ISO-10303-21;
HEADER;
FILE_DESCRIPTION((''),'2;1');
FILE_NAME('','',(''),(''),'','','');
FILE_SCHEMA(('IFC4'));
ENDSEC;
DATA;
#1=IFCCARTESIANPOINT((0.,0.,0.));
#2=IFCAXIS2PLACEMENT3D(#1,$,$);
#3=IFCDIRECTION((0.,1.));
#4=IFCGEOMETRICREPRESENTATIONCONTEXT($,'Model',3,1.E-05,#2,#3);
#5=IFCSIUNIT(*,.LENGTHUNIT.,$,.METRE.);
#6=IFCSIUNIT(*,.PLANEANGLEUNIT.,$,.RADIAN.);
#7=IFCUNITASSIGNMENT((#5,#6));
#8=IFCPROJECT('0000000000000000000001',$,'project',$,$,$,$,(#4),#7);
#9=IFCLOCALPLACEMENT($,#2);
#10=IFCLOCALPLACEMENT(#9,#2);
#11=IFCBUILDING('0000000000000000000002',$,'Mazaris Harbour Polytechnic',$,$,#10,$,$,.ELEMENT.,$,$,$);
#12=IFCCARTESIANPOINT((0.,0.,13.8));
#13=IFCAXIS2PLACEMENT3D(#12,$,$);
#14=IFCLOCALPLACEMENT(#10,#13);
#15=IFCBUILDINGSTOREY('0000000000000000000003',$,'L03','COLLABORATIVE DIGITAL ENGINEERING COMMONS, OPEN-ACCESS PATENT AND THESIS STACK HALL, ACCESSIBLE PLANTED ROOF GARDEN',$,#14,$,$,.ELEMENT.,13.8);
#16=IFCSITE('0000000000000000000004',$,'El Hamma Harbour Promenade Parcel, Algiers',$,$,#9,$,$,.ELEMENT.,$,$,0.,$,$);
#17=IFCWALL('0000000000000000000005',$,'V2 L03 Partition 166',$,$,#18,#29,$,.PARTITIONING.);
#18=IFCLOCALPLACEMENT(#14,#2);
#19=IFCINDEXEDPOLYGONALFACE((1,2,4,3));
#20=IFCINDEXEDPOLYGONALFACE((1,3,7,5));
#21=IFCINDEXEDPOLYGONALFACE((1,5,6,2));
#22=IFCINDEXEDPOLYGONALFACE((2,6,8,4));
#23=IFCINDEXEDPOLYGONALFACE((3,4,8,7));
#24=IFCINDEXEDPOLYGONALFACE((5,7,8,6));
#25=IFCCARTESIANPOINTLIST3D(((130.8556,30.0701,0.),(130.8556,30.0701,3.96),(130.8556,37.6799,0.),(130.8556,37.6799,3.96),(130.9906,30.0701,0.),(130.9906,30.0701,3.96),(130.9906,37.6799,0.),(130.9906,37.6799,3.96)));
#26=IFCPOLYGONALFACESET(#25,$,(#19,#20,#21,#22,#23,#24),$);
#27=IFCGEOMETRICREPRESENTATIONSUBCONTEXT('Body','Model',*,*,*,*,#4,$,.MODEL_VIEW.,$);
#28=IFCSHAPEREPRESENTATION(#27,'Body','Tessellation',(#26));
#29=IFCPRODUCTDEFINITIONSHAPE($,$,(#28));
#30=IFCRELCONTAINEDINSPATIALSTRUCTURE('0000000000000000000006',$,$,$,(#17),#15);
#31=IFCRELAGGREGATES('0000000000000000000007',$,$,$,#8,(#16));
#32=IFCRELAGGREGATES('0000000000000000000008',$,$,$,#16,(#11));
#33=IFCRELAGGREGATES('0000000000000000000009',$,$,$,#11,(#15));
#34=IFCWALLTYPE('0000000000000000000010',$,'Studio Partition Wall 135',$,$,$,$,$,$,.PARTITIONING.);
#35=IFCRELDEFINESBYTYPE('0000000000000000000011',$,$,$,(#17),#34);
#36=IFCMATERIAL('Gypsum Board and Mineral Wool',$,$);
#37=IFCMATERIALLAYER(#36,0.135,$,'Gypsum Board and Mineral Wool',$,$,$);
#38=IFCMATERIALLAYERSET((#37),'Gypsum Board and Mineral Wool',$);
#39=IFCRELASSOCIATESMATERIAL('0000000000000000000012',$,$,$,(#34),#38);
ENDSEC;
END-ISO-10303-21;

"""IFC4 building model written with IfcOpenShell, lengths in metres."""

from ifc_helpers import new_model, si_unit, direction, frame, frame_2d, origin, place, context, subcontext, project, spatial, rectangle, extrude, material, layer, layer_set, type_object, element, save


model = new_model("IFC4")

# Units and contexts
model_context = context("Model", 3, precision=1e-05, world=origin(), true_north=direction((0.0, 1.0)))
body_context = subcontext(model_context, "Body", "Model", "MODEL_VIEW")
ifc_project = project(units=[si_unit("LENGTHUNIT", "METRE"), si_unit("PLANEANGLEUNIT", "RADIAN")], contexts=[model_context])

# Site, building, storey
site_placement = place(None, origin())
site = spatial("IfcSite", under=ifc_project, at=site_placement, Name="El Hamma Harbour Promenade Parcel, Algiers", CompositionType="ELEMENT", RefElevation=0.0)
building_placement = place(site_placement, origin())
building = spatial("IfcBuilding", under=site, at=building_placement, Name="Mazaris Harbour Polytechnic", CompositionType="ELEMENT")
storey_placement = place(building_placement, frame((0.0, 0.0, 13.8)))
storey = spatial("IfcBuildingStorey", under=building, at=storey_placement, Name="L03", Description="COLLABORATIVE DIGITAL ENGINEERING COMMONS, OPEN-ACCESS PATENT AND THESIS STACK HALL, ACCESSIBLE PLANTED ROOF GARDEN", CompositionType="ELEMENT", Elevation=13.8)

# Wall
ifc_material_1 = material(Name="Gypsum Board and Mineral Wool")
ifc_layer_1 = layer(ifc_material_1, 0.135, Name="Gypsum Board and Mineral Wool")
ifc_layer_set_1 = layer_set([ifc_layer_1], Name="Gypsum Board and Mineral Wool")
wall_type_1 = type_object("IfcWallType", Name="Studio Partition Wall 135", PredefinedType="PARTITIONING", material=ifc_layer_set_1)
wall_1_placement = place(storey_placement, frame((130.9231, 30.0701, 0.0), z_axis=(0.0, 0.0, 1.0), x_axis=(0.0, 1.0, 0.0)))
element("IfcWall", 1, at=wall_1_placement, inside=storey, type_object=wall_type_1, Name="V2 L03 Partition 166", PredefinedType="PARTITIONING", context=body_context, shape_type="SweptSolid", body=[
    extrude(rectangle(XDim=7.6099, YDim=0.135, at=frame_2d((3.8049, 0.0))), origin(), (0.0, 0.0, 1.0), 3.96),
])

save(model, "model.ifc")
